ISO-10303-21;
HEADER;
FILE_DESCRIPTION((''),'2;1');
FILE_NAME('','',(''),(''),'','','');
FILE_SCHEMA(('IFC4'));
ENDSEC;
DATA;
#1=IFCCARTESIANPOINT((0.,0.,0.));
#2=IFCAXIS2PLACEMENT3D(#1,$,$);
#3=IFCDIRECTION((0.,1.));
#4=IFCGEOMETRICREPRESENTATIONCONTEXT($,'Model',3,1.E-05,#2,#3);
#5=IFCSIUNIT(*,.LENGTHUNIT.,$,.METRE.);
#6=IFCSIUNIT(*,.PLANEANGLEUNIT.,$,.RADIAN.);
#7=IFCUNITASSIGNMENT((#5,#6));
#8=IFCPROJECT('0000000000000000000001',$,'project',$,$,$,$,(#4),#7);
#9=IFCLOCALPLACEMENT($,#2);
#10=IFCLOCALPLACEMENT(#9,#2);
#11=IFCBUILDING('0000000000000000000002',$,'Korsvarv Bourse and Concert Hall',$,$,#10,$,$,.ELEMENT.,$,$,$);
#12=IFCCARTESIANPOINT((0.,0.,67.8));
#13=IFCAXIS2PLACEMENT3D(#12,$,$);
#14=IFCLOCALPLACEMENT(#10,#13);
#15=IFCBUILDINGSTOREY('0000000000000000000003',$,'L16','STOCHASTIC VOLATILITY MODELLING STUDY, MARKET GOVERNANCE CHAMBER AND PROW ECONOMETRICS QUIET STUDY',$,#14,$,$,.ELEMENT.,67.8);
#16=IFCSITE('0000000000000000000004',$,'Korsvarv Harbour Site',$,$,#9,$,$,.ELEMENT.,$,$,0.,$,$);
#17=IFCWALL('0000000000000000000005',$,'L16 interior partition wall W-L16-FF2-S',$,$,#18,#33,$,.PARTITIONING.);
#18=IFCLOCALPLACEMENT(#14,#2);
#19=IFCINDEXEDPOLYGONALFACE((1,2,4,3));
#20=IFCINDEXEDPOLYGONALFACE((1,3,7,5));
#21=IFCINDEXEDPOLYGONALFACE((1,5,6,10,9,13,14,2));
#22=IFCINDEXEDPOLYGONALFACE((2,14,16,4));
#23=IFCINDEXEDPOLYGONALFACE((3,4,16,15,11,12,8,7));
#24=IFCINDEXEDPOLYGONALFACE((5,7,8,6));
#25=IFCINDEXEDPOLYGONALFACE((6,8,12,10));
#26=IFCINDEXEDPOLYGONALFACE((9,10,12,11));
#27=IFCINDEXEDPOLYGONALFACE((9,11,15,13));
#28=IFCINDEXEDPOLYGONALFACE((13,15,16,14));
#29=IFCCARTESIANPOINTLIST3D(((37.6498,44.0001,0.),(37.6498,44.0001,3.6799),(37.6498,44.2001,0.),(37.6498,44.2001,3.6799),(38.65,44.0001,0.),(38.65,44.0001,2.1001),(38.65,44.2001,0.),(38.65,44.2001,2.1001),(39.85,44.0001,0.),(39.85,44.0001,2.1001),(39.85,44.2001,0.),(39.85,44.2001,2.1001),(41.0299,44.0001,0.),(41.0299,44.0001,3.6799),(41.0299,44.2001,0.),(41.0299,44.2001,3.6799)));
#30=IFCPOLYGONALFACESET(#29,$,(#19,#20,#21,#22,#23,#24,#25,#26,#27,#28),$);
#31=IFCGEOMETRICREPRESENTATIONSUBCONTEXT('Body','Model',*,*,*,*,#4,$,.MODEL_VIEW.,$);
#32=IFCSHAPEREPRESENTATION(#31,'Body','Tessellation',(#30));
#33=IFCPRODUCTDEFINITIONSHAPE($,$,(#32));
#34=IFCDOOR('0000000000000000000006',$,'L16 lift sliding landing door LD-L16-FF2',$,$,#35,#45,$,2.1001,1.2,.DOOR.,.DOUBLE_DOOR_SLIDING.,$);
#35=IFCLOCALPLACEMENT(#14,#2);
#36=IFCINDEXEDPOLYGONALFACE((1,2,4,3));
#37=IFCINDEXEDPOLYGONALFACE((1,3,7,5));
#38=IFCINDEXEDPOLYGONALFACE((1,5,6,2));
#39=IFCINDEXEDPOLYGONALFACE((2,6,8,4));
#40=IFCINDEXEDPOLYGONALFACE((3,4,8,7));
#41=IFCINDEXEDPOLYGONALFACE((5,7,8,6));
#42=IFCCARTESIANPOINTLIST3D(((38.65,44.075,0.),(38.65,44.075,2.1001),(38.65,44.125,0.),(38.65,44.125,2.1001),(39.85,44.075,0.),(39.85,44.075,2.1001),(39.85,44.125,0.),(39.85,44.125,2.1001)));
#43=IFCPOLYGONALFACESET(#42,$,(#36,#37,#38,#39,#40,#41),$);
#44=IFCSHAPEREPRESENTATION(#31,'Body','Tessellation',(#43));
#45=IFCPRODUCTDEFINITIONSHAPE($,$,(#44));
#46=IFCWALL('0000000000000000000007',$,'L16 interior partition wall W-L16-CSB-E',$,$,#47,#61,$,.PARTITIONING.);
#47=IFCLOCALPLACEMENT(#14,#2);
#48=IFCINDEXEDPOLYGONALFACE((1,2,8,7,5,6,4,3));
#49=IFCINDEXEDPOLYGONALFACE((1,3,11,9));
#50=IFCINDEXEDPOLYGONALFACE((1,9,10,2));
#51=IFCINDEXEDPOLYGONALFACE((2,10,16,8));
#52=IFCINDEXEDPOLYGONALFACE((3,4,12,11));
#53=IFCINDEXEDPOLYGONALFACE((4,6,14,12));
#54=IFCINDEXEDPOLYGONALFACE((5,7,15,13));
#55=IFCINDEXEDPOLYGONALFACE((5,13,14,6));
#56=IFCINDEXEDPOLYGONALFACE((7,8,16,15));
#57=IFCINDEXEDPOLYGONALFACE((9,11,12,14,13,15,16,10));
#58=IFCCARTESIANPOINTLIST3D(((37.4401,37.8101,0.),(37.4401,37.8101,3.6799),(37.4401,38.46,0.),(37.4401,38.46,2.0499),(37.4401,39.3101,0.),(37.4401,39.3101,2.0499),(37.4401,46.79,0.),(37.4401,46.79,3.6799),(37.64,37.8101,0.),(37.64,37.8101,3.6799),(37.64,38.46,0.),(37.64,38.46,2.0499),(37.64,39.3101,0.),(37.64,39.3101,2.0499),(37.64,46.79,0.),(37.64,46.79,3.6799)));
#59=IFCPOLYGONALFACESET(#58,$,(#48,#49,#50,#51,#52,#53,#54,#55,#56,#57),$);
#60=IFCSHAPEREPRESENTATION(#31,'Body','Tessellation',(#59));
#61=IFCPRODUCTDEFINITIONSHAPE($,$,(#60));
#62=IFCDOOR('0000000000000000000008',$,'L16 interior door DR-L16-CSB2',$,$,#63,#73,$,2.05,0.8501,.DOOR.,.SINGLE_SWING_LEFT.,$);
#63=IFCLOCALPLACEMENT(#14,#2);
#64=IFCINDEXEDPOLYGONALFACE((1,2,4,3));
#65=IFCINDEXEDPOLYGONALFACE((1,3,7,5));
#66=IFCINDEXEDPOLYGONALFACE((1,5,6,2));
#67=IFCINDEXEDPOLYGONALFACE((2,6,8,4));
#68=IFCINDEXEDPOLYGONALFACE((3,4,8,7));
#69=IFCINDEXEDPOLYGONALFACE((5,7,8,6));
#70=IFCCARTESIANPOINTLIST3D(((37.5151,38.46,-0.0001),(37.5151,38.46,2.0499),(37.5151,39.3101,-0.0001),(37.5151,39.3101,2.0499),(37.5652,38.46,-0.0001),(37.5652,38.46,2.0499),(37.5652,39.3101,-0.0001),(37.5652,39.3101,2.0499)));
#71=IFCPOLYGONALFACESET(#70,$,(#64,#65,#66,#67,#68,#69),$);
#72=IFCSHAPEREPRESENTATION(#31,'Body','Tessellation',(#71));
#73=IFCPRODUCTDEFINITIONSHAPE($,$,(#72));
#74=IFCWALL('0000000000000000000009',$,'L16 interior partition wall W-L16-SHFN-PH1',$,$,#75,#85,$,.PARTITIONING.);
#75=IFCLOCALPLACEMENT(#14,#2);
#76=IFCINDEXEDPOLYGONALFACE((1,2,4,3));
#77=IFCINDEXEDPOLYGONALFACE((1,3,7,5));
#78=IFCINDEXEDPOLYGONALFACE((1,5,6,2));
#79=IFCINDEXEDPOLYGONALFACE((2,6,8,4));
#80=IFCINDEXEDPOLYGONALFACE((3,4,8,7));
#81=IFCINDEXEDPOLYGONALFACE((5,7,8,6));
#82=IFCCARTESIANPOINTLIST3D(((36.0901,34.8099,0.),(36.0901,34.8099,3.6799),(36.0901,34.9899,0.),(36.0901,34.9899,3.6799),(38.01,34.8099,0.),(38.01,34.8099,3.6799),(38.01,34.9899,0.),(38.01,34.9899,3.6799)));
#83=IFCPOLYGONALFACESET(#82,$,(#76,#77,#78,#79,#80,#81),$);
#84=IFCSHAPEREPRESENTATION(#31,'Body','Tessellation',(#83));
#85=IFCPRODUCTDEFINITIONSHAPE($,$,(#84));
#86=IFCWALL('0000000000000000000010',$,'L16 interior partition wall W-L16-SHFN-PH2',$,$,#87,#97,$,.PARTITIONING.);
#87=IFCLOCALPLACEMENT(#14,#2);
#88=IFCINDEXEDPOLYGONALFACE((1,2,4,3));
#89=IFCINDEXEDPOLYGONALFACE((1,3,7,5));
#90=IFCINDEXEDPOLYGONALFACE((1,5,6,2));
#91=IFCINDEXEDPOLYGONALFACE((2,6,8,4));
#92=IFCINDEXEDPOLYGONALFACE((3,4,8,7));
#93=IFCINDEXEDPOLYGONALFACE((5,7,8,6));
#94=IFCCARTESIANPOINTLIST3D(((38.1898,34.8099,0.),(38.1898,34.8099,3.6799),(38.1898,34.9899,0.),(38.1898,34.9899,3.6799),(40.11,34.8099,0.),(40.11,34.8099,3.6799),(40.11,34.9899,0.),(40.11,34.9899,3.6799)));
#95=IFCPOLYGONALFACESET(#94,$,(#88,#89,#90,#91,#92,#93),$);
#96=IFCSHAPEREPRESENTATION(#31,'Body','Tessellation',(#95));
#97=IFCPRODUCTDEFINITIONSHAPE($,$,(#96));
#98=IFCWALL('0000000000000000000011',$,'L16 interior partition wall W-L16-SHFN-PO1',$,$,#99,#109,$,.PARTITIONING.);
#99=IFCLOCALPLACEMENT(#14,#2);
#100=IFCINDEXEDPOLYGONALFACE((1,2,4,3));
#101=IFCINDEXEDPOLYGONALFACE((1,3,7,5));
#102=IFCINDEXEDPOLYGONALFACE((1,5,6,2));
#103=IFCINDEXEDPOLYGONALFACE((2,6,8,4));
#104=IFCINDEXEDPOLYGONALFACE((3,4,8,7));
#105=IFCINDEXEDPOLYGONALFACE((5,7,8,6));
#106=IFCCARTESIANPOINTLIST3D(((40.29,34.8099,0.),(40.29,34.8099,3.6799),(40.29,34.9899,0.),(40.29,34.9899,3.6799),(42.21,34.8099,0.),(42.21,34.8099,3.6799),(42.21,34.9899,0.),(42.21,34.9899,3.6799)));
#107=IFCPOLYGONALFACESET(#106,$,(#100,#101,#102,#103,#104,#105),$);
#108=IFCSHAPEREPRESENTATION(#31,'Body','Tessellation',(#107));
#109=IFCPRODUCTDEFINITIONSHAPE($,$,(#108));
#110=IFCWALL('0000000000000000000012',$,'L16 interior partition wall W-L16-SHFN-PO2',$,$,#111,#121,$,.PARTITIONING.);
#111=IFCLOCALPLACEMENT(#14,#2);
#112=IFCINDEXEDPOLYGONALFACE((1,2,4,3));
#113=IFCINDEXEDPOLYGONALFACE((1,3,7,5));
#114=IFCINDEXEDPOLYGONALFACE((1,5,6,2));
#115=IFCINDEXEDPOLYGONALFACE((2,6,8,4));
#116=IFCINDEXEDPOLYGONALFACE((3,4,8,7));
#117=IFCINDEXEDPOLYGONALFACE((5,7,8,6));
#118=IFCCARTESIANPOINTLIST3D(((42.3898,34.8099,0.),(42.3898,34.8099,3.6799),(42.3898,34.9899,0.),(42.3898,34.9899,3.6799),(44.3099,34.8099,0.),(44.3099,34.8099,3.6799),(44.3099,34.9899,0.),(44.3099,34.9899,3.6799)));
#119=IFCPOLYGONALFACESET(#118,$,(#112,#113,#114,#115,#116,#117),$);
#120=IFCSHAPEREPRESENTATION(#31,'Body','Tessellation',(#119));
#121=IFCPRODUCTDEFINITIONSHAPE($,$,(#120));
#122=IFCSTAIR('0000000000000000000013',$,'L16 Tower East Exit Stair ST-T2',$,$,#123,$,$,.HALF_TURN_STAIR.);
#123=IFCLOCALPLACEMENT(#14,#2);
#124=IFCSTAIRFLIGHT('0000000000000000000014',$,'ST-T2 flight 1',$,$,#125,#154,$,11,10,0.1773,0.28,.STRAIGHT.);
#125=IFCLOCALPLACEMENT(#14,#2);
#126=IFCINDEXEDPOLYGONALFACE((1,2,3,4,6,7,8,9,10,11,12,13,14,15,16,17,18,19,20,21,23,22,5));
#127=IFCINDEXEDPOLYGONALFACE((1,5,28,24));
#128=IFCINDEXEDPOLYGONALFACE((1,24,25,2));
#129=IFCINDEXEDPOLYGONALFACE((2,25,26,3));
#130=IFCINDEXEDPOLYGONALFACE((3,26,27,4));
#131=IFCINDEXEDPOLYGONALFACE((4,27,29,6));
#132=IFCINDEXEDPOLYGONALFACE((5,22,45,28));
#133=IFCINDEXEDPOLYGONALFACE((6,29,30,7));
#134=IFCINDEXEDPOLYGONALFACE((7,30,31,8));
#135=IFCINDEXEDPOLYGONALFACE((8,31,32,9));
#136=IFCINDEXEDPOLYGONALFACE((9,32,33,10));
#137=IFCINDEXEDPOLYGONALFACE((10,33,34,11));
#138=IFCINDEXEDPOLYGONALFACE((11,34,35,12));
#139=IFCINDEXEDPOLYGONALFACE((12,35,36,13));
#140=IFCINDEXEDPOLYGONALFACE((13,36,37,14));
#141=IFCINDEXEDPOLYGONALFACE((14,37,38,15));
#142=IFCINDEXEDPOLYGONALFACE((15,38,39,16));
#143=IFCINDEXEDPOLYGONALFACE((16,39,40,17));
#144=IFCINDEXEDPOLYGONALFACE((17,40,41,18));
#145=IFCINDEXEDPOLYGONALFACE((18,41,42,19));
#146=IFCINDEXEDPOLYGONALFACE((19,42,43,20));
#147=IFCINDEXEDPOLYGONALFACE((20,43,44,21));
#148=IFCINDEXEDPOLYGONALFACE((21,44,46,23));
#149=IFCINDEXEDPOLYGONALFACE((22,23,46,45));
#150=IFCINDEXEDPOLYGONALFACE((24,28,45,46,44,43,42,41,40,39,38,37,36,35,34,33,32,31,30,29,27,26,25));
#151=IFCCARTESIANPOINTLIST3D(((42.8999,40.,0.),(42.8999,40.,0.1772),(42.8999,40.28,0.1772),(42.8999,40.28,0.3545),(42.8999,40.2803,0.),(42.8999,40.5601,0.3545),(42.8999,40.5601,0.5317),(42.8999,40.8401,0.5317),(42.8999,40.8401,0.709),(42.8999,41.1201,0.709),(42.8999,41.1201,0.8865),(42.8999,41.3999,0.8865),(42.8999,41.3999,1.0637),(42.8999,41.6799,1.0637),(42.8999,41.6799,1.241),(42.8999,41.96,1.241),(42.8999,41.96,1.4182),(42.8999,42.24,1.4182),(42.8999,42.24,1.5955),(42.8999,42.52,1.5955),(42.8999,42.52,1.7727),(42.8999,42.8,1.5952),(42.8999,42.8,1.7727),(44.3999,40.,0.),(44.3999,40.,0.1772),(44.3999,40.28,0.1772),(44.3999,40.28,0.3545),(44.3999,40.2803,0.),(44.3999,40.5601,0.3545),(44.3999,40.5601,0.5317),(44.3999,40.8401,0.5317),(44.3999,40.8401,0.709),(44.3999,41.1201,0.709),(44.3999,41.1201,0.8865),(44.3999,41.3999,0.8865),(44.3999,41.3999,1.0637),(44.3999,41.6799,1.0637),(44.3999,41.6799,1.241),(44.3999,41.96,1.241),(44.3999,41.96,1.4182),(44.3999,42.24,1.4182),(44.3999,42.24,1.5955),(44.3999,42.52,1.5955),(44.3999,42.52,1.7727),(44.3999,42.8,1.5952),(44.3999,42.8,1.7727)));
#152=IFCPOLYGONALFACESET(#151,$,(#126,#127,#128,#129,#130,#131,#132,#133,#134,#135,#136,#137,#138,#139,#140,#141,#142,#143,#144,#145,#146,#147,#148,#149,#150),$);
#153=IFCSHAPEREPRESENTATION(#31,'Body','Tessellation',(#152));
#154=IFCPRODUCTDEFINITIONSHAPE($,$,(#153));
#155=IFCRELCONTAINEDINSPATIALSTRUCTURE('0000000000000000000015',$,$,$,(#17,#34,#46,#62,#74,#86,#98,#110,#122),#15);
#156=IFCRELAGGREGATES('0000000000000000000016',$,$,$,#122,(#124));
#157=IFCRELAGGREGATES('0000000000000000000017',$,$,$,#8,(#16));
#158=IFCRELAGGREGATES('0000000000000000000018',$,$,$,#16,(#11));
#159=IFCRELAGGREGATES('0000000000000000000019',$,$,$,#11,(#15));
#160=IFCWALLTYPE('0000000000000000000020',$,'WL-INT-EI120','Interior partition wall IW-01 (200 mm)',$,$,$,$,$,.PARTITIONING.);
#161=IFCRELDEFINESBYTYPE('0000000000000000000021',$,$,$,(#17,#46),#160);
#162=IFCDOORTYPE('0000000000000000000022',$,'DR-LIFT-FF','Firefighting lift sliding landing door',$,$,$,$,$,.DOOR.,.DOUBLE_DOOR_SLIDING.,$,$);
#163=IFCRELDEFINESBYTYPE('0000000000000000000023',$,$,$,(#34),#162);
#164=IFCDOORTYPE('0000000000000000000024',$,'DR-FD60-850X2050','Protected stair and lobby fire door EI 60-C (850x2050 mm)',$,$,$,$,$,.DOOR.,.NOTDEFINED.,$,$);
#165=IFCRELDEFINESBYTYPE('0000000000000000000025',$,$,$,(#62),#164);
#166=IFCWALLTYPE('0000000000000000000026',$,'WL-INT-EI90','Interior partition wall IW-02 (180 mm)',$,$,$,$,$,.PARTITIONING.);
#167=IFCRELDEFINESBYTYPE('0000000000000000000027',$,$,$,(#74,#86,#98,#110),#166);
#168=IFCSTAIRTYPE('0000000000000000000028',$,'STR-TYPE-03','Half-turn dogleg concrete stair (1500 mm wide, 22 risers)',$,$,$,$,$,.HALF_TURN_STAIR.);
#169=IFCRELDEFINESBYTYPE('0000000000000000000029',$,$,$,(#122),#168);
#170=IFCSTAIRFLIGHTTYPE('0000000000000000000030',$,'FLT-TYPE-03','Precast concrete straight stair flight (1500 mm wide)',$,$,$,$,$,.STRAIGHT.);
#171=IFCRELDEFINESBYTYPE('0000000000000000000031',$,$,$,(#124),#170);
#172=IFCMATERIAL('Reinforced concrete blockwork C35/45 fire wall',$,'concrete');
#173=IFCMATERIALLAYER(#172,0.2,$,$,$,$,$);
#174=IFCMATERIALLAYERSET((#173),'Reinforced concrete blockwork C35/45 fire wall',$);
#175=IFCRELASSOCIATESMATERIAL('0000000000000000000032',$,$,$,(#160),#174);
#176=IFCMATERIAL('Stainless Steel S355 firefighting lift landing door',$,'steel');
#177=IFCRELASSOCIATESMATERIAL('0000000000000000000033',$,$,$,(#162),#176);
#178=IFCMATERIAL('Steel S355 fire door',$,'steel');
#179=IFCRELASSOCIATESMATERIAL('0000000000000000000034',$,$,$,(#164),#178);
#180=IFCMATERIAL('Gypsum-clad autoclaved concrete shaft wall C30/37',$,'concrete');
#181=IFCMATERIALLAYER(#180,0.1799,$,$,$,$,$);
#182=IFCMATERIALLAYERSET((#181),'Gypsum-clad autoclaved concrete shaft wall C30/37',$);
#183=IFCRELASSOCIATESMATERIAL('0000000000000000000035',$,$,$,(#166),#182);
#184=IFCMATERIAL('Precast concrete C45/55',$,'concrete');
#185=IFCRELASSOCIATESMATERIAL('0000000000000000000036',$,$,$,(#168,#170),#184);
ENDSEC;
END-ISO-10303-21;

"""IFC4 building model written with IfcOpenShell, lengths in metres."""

from ifc_helpers import new_model, si_unit, direction, frame, frame_2d, origin, place, context, subcontext, project, spatial, polyline, rectangle, outline, extrude, material, layer, layer_set, type_object, element, fill, aggregate, save


model = new_model("IFC4")

# Units and contexts
model_context = context("Model", 3, precision=1e-05, world=origin(), true_north=direction((0.0, 1.0)))
body_context = subcontext(model_context, "Body", "Model", "MODEL_VIEW")
ifc_project = project(units=[si_unit("LENGTHUNIT", "METRE"), si_unit("PLANEANGLEUNIT", "RADIAN")], contexts=[model_context])

# Site, building, storey
site_placement = place(None, origin())
site = spatial("IfcSite", under=ifc_project, at=site_placement, Name="Korsvarv Harbour Site", CompositionType="ELEMENT", RefElevation=0.0)
building_placement = place(site_placement, origin())
building = spatial("IfcBuilding", under=site, at=building_placement, Name="Korsvarv Bourse and Concert Hall", CompositionType="ELEMENT")
storey_placement = place(building_placement, frame((0.0, 0.0, 67.8)))
storey = spatial("IfcBuildingStorey", under=building, at=storey_placement, Name="L16", Description="STOCHASTIC VOLATILITY MODELLING STUDY, MARKET GOVERNANCE CHAMBER AND PROW ECONOMETRICS QUIET STUDY", CompositionType="ELEMENT", Elevation=67.8)

# Shared definitions
ifc_material_1 = material(Name="Steel S355 fire door", Category="steel")

# Walls, openings, doors
ifc_material_2 = material(Name="Reinforced concrete blockwork C35/45 fire wall", Category="concrete")
ifc_layer_1 = layer(ifc_material_2, 0.2)
ifc_layer_set_1 = layer_set([ifc_layer_1], Name="Reinforced concrete blockwork C35/45 fire wall")
wall_type_1 = type_object("IfcWallType", Name="WL-INT-EI120", Description="Interior partition wall IW-01 (200 mm)", PredefinedType="PARTITIONING", material=ifc_layer_set_1)
wall_1_placement = place(storey_placement, frame((37.6499, 44.1001, 0.0), z_axis=(0.0, 0.0, 1.0), x_axis=(1.0, 0.0, 0.0)))
wall_1 = element("IfcWall", 1, at=wall_1_placement, inside=storey, type_object=wall_type_1, Name="L16 interior partition wall W-L16-FF2-S", PredefinedType="PARTITIONING", context=body_context, shape_type="SweptSolid", body=[
    extrude(rectangle(XDim=3.3801, YDim=0.2, at=frame_2d((1.6899, 0.0))), origin(), (0.0, 0.0, 1.0), 3.6799),
])
opening_1_placement = place(wall_1_placement, frame((1.0, 0.0, 0.0)))
opening_1 = element("IfcOpeningElement", 2, at=opening_1_placement, cuts=wall_1, PredefinedType="OPENING", context=body_context, shape_type="SweptSolid", body=[
    extrude(rectangle(XDim=1.2, YDim=2.1001, at=frame_2d((0.6001, 1.05))), frame((0.0, 0.1099, 0.0), z_axis=(0.0, -1.0, 0.0), x_axis=(1.0, 0.0, 0.0)), (0.0, 0.0, 1.0), 0.22),
])
ifc_material_3 = material(Name="Stainless Steel S355 firefighting lift landing door", Category="steel")
door_type_1 = type_object("IfcDoorType", Name="DR-LIFT-FF", Description="Firefighting lift sliding landing door", OperationType="DOUBLE_DOOR_SLIDING", PredefinedType="DOOR", material=ifc_material_3)
door_1_placement = place(opening_1_placement, origin())
door_1 = element("IfcDoor", 3, at=door_1_placement, inside=storey, type_object=door_type_1, Name="L16 lift sliding landing door LD-L16-FF2", OperationType="DOUBLE_DOOR_SLIDING", OverallHeight=2.1001, OverallWidth=1.2, PredefinedType="DOOR", context=body_context, shape_type="SweptSolid", body=[
    extrude(rectangle(XDim=1.2, YDim=2.1001, at=frame_2d((0.6001, 1.05))), frame((0.0, 0.0249, 0.0), z_axis=(0.0, -1.0, 0.0), x_axis=(1.0, 0.0, 0.0)), (0.0, 0.0, 1.0), 0.05),
])
fill(opening_1, door_1)
wall_2_placement = place(storey_placement, frame((37.54, 37.8101, 0.0), z_axis=(0.0, 0.0, 1.0), x_axis=(0.0, 1.0, 0.0)))
wall_2 = element("IfcWall", 4, at=wall_2_placement, inside=storey, type_object=wall_type_1, Name="L16 interior partition wall W-L16-CSB-E", PredefinedType="PARTITIONING", context=body_context, shape_type="SweptSolid", body=[
    extrude(rectangle(XDim=8.98, YDim=0.2, at=frame_2d((4.49, 0.0))), origin(), (0.0, 0.0, 1.0), 3.6799),
])
opening_2_placement = place(wall_2_placement, frame((0.6499, 0.0, 0.0)))
opening_2 = element("IfcOpeningElement", 5, at=opening_2_placement, cuts=wall_2, PredefinedType="OPENING", context=body_context, shape_type="SweptSolid", body=[
    extrude(rectangle(XDim=0.8501, YDim=2.05, at=frame_2d((0.425, 1.0249))), frame((0.0, 0.1099, 0.0), z_axis=(0.0, -1.0, 0.0), x_axis=(1.0, 0.0, 0.0)), (0.0, 0.0, 1.0), 0.22),
])
door_type_2 = type_object("IfcDoorType", Name="DR-FD60-850X2050", Description="Protected stair and lobby fire door EI 60-C (850x2050 mm)", OperationType="NOTDEFINED", PredefinedType="DOOR", material=ifc_material_1)
door_2_placement = place(opening_2_placement, origin())
door_2 = element("IfcDoor", 6, at=door_2_placement, inside=storey, type_object=door_type_2, Name="L16 interior door DR-L16-CSB2", OperationType="SINGLE_SWING_LEFT", OverallHeight=2.05, OverallWidth=0.8501, PredefinedType="DOOR", context=body_context, shape_type="SweptSolid", body=[
    extrude(rectangle(XDim=0.8501, YDim=2.05, at=frame_2d((0.425, 1.0249))), frame((0.0, 0.0249, 0.0), z_axis=(0.0, -1.0, 0.0), x_axis=(1.0, 0.0, 0.0)), (0.0, 0.0, 1.0), 0.05),
])
fill(opening_2, door_2)

# Walls
ifc_material_4 = material(Name="Gypsum-clad autoclaved concrete shaft wall C30/37", Category="concrete")
ifc_layer_2 = layer(ifc_material_4, 0.1799)
ifc_layer_set_2 = layer_set([ifc_layer_2], Name="Gypsum-clad autoclaved concrete shaft wall C30/37")
wall_type_2 = type_object("IfcWallType", Name="WL-INT-EI90", Description="Interior partition wall IW-02 (180 mm)", PredefinedType="PARTITIONING", material=ifc_layer_set_2)
wall_3_placement = place(storey_placement, frame((36.0901, 34.8999, 0.0), z_axis=(0.0, 0.0, 1.0), x_axis=(1.0, 0.0, 0.0)))
element("IfcWall", 7, at=wall_3_placement, inside=storey, type_object=wall_type_2, Name="L16 interior partition wall W-L16-SHFN-PH1", PredefinedType="PARTITIONING", context=body_context, shape_type="SweptSolid", body=[
    extrude(rectangle(XDim=1.9199, YDim=0.1799, at=frame_2d((0.96, 0.0))), origin(), (0.0, 0.0, 1.0), 3.6799),
])
wall_4_placement = place(storey_placement, frame((38.1899, 34.8999, 0.0), z_axis=(0.0, 0.0, 1.0), x_axis=(1.0, 0.0, 0.0)))
element("IfcWall", 8, at=wall_4_placement, inside=storey, type_object=wall_type_2, Name="L16 interior partition wall W-L16-SHFN-PH2", PredefinedType="PARTITIONING", context=body_context, shape_type="SweptSolid", body=[
    extrude(rectangle(XDim=1.9202, YDim=0.1799, at=frame_2d((0.96, 0.0))), origin(), (0.0, 0.0, 1.0), 3.6799),
])
wall_5_placement = place(storey_placement, frame((40.29, 34.8999, 0.0), z_axis=(0.0, 0.0, 1.0), x_axis=(1.0, 0.0, 0.0)))
element("IfcWall", 9, at=wall_5_placement, inside=storey, type_object=wall_type_2, Name="L16 interior partition wall W-L16-SHFN-PO1", PredefinedType="PARTITIONING", context=body_context, shape_type="SweptSolid", body=[
    extrude(rectangle(XDim=1.9199, YDim=0.1799, at=frame_2d((0.96, 0.0))), origin(), (0.0, 0.0, 1.0), 3.6799),
])
wall_6_placement = place(storey_placement, frame((42.3899, 34.8999, 0.0), z_axis=(0.0, 0.0, 1.0), x_axis=(1.0, 0.0, 0.0)))
element("IfcWall", 10, at=wall_6_placement, inside=storey, type_object=wall_type_2, Name="L16 interior partition wall W-L16-SHFN-PO2", PredefinedType="PARTITIONING", context=body_context, shape_type="SweptSolid", body=[
    extrude(rectangle(XDim=1.9202, YDim=0.1799, at=frame_2d((0.96, 0.0))), origin(), (0.0, 0.0, 1.0), 3.6799),
])

# Stair, stair flight
ifc_material_5 = material(Name="Precast concrete C45/55", Category="concrete")
stair_type = type_object("IfcStairType", Name="STR-TYPE-03", Description="Half-turn dogleg concrete stair (1500 mm wide, 22 risers)", PredefinedType="HALF_TURN_STAIR", material=ifc_material_5)
stair_placement = place(storey_placement, origin())
stair = element("IfcStair", 11, at=stair_placement, inside=storey, type_object=stair_type, Name="L16 Tower East Exit Stair ST-T2", PredefinedType="HALF_TURN_STAIR")
stair_flight_type = type_object("IfcStairFlightType", Name="FLT-TYPE-03", Description="Precast concrete straight stair flight (1500 mm wide)", PredefinedType="STRAIGHT", material=ifc_material_5)
stair_flight_1_placement = place(storey_placement, frame((43.6499, 40.0, 0.0), z_axis=(0.0, 0.0, 1.0), x_axis=(0.0, 1.0, 0.0)))
stair_flight_1 = element("IfcStairFlight", 12, at=stair_flight_1_placement, type_object=stair_flight_type, Name="ST-T2 flight 1", NumberOfRisers=11, NumberOfTreads=10, PredefinedType="STRAIGHT", RiserHeight=0.1773, TreadLength=0.28, context=body_context, shape_type="SweptSolid", body=[
    extrude(outline(polyline([(0.0, 0.0), (0.0, 0.1772), (0.28, 0.1772), (0.28, 0.3545), (0.5601, 0.3545), (0.5601, 0.5317), (0.8401, 0.5317), (0.8401, 0.709), (1.1201, 0.709), (1.1201, 0.8865), (1.3999, 0.8865), (1.3999, 1.0637), (1.6799, 1.0637), (1.6799, 1.241), (1.96, 1.241), (1.96, 1.4182), (2.24, 1.4182), (2.24, 1.5955), (2.52, 1.5955), (2.52, 1.7727), (2.8, 1.7727), (2.8, 1.95), (2.8, 1.5952), (0.2803, 0.0), (0.0, 0.0)])), frame((0.0, 0.75, 0.0), z_axis=(0.0, -1.0, 0.0), x_axis=(1.0, 0.0, 0.0)), (0.0, 0.0, 1.0), 1.5),
])
aggregate(stair, [stair_flight_1])

save(model, "model.ifc")
